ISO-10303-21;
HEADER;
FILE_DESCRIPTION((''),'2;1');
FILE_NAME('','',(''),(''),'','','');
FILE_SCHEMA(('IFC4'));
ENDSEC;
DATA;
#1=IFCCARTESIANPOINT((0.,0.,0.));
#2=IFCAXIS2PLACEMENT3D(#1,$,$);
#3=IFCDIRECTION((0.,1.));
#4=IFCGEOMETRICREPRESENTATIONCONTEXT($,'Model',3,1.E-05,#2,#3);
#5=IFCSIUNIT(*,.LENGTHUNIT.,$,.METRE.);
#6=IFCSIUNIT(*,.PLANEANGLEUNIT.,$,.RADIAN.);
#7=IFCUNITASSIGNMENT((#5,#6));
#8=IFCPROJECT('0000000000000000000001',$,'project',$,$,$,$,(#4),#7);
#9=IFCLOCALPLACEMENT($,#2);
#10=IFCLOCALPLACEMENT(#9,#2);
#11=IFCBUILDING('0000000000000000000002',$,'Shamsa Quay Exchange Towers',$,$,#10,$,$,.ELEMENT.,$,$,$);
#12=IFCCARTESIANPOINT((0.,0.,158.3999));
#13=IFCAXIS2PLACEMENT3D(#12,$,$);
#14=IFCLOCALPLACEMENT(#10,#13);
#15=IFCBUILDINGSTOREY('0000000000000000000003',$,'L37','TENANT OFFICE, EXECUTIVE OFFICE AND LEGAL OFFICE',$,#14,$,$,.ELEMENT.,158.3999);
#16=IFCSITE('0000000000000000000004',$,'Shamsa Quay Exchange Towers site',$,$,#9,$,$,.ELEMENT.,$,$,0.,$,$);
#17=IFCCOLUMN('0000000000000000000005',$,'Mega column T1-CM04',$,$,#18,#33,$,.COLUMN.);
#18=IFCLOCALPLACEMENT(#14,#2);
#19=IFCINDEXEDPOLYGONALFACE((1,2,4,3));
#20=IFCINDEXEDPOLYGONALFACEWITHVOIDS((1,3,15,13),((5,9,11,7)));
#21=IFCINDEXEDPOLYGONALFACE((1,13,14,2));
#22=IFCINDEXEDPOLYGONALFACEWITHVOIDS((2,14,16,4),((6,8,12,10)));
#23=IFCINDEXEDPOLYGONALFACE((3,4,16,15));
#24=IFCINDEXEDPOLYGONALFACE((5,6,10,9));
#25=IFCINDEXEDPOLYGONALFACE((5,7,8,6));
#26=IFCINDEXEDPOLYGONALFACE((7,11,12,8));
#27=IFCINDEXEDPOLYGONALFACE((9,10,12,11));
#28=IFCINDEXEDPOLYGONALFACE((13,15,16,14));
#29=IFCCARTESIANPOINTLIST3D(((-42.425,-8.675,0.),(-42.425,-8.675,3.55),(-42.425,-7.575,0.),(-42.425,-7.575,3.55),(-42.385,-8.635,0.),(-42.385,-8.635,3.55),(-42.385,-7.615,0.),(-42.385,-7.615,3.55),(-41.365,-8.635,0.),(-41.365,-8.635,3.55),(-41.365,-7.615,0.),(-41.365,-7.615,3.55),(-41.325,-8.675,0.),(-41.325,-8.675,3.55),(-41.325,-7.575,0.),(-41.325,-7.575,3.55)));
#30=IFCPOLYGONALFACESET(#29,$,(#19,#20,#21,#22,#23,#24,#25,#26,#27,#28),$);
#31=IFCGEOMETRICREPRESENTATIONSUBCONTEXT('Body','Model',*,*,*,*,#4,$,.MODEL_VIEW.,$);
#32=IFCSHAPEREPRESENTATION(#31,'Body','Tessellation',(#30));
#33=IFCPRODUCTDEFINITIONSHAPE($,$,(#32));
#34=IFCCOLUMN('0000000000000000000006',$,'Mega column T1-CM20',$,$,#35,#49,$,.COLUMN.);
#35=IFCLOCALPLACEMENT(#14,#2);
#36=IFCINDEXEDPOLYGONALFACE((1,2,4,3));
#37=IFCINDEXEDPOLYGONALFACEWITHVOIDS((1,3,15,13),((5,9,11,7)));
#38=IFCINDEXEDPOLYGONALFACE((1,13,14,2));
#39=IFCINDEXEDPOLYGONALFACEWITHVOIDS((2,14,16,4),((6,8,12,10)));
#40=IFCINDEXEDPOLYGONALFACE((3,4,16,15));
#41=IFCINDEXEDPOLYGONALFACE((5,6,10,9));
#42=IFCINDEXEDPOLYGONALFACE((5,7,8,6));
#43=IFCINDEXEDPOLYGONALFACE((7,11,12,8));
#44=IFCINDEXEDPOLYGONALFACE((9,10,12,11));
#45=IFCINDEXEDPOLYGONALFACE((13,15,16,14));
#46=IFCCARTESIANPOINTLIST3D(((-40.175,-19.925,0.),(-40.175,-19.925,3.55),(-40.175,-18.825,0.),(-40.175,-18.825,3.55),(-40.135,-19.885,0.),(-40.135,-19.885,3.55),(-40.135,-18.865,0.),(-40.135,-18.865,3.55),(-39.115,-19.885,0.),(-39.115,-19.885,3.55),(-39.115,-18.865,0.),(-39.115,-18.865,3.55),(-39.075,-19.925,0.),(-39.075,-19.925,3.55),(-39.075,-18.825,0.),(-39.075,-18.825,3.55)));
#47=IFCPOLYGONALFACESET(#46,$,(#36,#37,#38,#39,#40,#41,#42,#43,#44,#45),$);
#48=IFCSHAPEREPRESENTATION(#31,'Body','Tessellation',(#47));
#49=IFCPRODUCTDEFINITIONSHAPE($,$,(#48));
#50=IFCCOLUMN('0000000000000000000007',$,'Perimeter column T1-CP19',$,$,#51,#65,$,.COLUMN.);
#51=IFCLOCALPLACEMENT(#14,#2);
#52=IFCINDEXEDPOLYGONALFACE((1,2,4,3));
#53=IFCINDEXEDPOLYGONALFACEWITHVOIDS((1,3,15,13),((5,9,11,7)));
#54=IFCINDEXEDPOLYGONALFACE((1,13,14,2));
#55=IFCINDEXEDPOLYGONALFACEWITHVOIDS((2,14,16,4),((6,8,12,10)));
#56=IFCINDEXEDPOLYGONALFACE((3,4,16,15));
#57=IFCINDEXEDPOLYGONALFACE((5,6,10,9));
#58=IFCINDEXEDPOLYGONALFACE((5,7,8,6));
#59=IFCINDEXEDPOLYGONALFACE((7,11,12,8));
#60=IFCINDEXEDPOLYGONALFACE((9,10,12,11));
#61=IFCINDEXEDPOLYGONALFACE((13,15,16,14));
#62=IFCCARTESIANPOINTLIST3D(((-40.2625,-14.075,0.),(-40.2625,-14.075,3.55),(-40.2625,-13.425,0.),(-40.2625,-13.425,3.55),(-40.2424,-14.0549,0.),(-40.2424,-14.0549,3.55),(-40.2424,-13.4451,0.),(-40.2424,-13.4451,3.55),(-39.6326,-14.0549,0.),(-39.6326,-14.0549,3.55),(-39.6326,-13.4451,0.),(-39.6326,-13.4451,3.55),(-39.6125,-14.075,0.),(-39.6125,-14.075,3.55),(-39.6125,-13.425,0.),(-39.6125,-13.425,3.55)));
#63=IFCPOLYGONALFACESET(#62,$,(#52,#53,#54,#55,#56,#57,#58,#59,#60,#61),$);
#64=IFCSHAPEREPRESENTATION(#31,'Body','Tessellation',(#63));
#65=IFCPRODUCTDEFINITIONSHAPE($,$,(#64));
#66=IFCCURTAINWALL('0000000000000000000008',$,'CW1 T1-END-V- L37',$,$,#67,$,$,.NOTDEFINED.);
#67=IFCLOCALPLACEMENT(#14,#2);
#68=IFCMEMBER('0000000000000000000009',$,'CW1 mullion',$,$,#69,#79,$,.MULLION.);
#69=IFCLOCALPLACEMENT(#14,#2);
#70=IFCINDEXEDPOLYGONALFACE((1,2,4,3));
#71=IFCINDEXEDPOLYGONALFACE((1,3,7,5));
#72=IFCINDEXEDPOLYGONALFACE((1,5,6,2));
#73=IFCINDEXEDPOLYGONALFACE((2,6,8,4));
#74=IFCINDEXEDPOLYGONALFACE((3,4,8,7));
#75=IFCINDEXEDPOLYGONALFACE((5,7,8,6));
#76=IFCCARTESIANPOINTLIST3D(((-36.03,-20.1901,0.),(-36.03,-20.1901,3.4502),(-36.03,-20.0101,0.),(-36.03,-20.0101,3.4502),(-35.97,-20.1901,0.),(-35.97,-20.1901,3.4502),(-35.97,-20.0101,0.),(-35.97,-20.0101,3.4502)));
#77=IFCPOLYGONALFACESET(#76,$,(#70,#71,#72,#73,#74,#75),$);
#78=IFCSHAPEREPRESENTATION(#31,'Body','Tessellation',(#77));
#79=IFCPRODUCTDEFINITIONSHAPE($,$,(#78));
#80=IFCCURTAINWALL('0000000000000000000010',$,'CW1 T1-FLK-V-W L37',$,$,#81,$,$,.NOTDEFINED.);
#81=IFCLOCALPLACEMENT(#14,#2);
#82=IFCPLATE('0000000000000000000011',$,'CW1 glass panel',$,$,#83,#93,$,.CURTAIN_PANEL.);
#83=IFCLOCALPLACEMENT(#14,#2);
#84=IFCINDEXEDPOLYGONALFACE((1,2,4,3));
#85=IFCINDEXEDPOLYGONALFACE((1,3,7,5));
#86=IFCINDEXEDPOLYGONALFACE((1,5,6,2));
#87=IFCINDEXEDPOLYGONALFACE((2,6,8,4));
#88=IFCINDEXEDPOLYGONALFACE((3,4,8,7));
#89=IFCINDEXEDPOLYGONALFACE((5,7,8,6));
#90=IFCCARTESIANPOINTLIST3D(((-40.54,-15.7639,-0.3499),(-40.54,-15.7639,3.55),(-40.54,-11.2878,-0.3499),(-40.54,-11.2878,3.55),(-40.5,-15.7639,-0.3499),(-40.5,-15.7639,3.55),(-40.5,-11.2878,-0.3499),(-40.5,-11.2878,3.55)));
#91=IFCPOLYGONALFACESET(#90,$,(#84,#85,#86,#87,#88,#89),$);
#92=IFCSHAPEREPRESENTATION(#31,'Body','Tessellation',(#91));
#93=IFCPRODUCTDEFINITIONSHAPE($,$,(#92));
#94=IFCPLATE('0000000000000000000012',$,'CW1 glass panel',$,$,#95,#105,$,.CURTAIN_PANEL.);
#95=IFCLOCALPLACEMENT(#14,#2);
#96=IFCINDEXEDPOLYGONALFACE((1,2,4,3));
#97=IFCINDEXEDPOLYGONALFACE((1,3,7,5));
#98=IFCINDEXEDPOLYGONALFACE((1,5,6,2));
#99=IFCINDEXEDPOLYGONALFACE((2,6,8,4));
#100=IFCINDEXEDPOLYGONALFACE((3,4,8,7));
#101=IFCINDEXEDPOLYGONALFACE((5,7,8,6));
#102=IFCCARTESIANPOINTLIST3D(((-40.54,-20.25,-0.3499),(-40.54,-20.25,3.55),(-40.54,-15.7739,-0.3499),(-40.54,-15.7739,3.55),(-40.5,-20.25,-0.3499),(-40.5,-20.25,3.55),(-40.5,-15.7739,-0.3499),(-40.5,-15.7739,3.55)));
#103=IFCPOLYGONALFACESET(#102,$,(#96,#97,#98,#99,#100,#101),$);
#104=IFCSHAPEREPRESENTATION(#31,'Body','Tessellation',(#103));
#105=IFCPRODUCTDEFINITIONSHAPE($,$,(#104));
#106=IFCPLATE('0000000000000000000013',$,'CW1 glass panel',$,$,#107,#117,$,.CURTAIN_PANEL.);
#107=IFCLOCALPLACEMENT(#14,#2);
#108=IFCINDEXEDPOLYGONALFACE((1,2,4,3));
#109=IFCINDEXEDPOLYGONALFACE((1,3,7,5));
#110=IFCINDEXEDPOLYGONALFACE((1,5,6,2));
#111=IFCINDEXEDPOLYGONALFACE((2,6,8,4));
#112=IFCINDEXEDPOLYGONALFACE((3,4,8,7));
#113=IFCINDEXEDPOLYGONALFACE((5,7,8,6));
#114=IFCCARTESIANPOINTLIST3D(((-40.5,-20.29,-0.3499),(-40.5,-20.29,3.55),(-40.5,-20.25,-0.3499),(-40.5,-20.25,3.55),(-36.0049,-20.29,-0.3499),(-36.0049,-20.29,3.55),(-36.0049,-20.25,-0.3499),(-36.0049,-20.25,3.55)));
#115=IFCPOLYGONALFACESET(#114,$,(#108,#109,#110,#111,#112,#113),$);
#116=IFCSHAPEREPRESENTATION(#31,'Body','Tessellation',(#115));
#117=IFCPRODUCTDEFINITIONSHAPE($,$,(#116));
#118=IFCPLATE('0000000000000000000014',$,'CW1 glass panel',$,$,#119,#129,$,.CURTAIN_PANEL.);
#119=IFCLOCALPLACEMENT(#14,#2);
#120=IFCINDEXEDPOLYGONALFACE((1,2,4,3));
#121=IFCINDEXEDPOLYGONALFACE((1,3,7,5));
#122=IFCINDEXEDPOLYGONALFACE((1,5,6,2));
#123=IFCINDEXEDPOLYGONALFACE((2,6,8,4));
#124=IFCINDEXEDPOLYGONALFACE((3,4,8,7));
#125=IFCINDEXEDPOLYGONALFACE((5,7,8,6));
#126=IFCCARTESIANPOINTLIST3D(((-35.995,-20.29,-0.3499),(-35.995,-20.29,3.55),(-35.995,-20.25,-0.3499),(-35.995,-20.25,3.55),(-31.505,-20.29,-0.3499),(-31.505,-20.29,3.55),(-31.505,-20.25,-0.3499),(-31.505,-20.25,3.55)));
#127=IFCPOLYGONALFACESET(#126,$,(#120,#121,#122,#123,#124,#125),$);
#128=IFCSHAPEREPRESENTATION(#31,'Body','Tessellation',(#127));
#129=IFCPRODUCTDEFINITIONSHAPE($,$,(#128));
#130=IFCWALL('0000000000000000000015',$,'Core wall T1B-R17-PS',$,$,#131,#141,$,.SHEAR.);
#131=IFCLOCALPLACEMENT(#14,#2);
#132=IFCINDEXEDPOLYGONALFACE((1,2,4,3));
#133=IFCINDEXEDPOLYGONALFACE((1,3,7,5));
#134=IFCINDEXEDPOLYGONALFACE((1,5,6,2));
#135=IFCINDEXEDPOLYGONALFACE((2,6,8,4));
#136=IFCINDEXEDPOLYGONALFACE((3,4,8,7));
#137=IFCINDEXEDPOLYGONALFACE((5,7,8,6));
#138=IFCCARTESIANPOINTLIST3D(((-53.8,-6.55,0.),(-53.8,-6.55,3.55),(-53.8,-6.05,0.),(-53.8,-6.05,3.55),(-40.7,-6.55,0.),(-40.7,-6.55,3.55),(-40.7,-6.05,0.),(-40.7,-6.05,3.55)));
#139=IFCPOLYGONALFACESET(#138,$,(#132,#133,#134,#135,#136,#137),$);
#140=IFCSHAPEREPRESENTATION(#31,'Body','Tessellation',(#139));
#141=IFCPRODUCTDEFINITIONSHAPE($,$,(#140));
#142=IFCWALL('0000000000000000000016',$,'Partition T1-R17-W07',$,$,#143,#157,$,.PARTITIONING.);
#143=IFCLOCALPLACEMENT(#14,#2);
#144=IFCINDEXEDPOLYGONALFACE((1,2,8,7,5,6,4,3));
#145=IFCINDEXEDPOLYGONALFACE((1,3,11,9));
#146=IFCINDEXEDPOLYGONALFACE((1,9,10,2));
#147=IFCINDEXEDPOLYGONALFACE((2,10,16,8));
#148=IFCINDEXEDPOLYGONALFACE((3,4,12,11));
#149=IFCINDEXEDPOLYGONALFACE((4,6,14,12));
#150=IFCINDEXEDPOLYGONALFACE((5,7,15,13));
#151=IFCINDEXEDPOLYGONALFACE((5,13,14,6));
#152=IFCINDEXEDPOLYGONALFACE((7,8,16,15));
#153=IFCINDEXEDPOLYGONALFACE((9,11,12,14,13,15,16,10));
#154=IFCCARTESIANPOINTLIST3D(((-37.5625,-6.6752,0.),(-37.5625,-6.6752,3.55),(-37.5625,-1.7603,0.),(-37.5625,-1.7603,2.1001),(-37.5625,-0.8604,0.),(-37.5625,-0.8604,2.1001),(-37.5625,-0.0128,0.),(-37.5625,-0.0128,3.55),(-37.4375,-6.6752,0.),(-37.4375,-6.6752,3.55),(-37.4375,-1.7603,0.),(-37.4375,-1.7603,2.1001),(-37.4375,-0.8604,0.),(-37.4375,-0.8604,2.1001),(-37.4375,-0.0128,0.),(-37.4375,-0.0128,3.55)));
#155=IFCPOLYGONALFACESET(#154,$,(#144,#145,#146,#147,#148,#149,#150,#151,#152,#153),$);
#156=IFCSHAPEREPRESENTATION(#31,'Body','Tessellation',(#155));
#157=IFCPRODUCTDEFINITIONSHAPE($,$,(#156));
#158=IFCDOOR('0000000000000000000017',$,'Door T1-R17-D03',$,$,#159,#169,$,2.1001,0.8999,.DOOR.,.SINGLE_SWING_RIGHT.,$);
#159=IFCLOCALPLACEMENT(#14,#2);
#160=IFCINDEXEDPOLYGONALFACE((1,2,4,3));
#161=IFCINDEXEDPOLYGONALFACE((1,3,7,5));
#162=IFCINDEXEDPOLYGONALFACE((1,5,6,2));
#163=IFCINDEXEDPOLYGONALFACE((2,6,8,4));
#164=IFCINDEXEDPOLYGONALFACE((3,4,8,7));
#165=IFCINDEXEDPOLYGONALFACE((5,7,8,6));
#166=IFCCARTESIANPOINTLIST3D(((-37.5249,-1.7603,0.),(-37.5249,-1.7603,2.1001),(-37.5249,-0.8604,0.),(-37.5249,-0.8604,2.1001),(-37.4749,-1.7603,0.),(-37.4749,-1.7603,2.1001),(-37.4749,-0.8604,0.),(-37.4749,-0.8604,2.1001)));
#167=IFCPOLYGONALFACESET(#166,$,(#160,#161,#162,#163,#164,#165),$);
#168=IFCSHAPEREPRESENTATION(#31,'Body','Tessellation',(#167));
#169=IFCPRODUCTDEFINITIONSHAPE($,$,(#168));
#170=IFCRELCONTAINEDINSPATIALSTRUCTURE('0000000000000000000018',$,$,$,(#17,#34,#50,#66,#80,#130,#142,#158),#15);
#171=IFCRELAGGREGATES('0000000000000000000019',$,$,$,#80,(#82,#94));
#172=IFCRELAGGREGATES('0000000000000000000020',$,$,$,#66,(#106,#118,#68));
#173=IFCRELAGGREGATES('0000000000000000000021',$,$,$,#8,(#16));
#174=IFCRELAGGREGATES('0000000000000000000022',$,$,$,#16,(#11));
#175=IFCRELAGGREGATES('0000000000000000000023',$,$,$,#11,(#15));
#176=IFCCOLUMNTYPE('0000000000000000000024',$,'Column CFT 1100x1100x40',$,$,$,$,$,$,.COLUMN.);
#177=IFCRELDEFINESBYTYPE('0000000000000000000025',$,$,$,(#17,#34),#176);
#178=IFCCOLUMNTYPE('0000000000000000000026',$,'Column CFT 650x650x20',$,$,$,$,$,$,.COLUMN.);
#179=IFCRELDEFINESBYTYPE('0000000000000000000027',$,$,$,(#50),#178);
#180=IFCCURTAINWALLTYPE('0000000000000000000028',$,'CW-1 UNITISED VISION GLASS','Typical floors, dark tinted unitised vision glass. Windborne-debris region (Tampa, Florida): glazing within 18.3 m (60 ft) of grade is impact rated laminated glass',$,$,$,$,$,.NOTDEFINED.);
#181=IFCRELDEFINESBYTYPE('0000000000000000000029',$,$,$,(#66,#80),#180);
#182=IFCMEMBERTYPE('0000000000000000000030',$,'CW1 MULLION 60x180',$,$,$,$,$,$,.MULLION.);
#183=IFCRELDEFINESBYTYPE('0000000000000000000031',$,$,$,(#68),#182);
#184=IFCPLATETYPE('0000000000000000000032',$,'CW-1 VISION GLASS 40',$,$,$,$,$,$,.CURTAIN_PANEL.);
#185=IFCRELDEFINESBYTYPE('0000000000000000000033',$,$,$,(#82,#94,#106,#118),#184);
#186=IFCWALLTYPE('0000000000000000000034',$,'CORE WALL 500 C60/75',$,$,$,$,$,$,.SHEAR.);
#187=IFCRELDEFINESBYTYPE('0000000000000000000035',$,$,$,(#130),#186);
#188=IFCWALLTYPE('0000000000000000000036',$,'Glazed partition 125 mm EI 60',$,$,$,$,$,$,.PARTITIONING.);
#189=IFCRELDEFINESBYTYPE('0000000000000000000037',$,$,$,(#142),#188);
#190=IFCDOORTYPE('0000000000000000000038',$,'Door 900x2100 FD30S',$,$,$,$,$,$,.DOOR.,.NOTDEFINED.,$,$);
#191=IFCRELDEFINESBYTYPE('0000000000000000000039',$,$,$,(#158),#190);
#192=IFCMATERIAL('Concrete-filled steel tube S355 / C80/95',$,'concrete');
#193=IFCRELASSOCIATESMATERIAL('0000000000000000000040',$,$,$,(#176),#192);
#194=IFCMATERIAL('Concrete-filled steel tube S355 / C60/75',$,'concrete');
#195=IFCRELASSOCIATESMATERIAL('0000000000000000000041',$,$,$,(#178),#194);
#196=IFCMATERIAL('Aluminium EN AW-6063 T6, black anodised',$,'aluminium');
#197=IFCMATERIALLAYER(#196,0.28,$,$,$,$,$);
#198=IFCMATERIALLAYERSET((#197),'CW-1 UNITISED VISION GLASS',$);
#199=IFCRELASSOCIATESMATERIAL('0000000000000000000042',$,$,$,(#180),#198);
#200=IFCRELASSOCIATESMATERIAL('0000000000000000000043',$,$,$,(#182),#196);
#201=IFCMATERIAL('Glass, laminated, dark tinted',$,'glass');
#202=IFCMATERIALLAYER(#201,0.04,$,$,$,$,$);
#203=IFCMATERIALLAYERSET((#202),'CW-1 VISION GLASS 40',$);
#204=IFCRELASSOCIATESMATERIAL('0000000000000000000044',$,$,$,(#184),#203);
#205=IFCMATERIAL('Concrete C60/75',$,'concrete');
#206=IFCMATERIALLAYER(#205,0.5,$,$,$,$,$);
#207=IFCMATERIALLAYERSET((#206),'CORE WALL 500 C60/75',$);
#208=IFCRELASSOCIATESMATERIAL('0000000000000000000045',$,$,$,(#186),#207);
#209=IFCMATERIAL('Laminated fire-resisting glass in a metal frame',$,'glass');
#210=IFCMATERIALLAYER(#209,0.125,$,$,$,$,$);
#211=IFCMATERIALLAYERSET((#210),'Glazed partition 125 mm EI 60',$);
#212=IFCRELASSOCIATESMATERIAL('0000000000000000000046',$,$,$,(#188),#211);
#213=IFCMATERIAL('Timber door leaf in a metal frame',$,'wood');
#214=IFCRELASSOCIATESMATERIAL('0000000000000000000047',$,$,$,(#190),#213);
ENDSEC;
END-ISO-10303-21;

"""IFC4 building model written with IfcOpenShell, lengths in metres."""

from ifc_helpers import new_model, si_unit, direction, frame, frame_2d, origin, origin_2d, place, context, subcontext, project, spatial, rectangle, hollow_rectangle, extrude, material, layer, layer_set, material_profile, profile_set, type_object, element, fill, aggregate, save


model = new_model("IFC4")

# Units and contexts
model_context = context("Model", 3, precision=1e-05, world=origin(), true_north=direction((0.0, 1.0)))
body_context = subcontext(model_context, "Body", "Model", "MODEL_VIEW")
ifc_project = project(units=[si_unit("LENGTHUNIT", "METRE"), si_unit("PLANEANGLEUNIT", "RADIAN")], contexts=[model_context])

# Site, building, storey
site_placement = place(None, origin())
site = spatial("IfcSite", under=ifc_project, at=site_placement, Name="Shamsa Quay Exchange Towers site", CompositionType="ELEMENT", RefElevation=0.0)
building_placement = place(site_placement, origin())
building = spatial("IfcBuilding", under=site, at=building_placement, Name="Shamsa Quay Exchange Towers", CompositionType="ELEMENT")
storey_placement = place(building_placement, frame((0.0, 0.0, 158.3999)))
storey = spatial("IfcBuildingStorey", under=building, at=storey_placement, Name="L37", Description="TENANT OFFICE, EXECUTIVE OFFICE AND LEGAL OFFICE", CompositionType="ELEMENT", Elevation=158.3999)

# Columns
ifc_material_1 = material(Name="Concrete-filled steel tube S355 / C80/95", Category="concrete")
ifc_material_profile_1 = material_profile(ifc_material_1, hollow_rectangle(XDim=1.1001, YDim=1.1001, WallThickness=0.04, at=origin_2d()), Name="CFT 1100x1100x40")
ifc_profile_set_1 = profile_set([ifc_material_profile_1], Name="Concrete-filled steel tube S355 / C80/95")
column_type_1 = type_object("IfcColumnType", Name="Column CFT 1100x1100x40", PredefinedType="COLUMN", material=ifc_profile_set_1)
for number, where, name in (
    (1, (-41.875, -8.125, 0.0), "Mega column T1-CM04"),
    (2, (-39.625, -19.375, 0.0), "Mega column T1-CM20"),
):
    element("IfcColumn", number, at=place(storey_placement, frame(where)), inside=storey, type_object=column_type_1, Name=name, PredefinedType="COLUMN", context=body_context, shape_type="SweptSolid", body=[
        extrude(hollow_rectangle(XDim=1.1001, YDim=1.1001, WallThickness=0.04, at=origin_2d()), origin(), (0.0, 0.0, 1.0), 3.55),
    ])
ifc_material_2 = material(Name="Concrete-filled steel tube S355 / C60/75", Category="concrete")
ifc_material_profile_2 = material_profile(ifc_material_2, hollow_rectangle(XDim=0.6499, YDim=0.6499, WallThickness=0.02, at=origin_2d()), Name="CFT 650x650x20")
ifc_profile_set_2 = profile_set([ifc_material_profile_2], Name="Concrete-filled steel tube S355 / C60/75")
column_type_2 = type_object("IfcColumnType", Name="Column CFT 650x650x20", PredefinedType="COLUMN", material=ifc_profile_set_2)
column_placement = place(storey_placement, frame((-39.9375, -13.75, 0.0)))
element("IfcColumn", 3, at=column_placement, inside=storey, type_object=column_type_2, Name="Perimeter column T1-CP19", PredefinedType="COLUMN", context=body_context, shape_type="SweptSolid", body=[
    extrude(hollow_rectangle(XDim=0.6499, YDim=0.6499, WallThickness=0.02, at=origin_2d()), origin(), (0.0, 0.0, 1.0), 3.55),
])

# Curtain wall, member
ifc_material_3 = material(Name="Aluminium EN AW-6063 T6, black anodised", Category="aluminium")
ifc_layer_1 = layer(ifc_material_3, 0.28)
ifc_layer_set_1 = layer_set([ifc_layer_1], Name="CW-1 UNITISED VISION GLASS")
curtain_wall_type = type_object("IfcCurtainWallType", Name="CW-1 UNITISED VISION GLASS", Description="Typical floors, dark tinted unitised vision glass. Windborne-debris region (Tampa, Florida): glazing within 18.3 m (60 ft) of grade is impact rated laminated glass", PredefinedType="NOTDEFINED", material=ifc_layer_set_1)
curtain_wall_1_placement = place(storey_placement, origin())
curtain_wall_1 = element("IfcCurtainWall", 4, at=curtain_wall_1_placement, inside=storey, type_object=curtain_wall_type, Name="CW1 T1-END-V- L37", PredefinedType="NOTDEFINED")
ifc_material_profile_3 = material_profile(ifc_material_3, rectangle(XDim=0.1799, YDim=0.0601, at=origin_2d()), Name="MU60x180")
ifc_profile_set_3 = profile_set([ifc_material_profile_3], Name="Aluminium EN AW-6063 T6, black anodised")
member_type = type_object("IfcMemberType", Name="CW1 MULLION 60x180", PredefinedType="MULLION", material=ifc_profile_set_3)
member_placement = place(storey_placement, frame((-36.0, -20.1001, 0.0), z_axis=(0.0, 0.0, 1.0), x_axis=(0.0, 1.0, 0.0)))
member = element("IfcMember", 5, at=member_placement, type_object=member_type, Name="CW1 mullion", PredefinedType="MULLION", context=body_context, shape_type="SweptSolid", body=[
    extrude(rectangle(XDim=0.1799, YDim=0.0601, at=origin_2d()), origin(), (0.0, 0.0, 1.0), 3.4502),
])

# Curtain wall, plates
curtain_wall_2_placement = place(storey_placement, origin())
curtain_wall_2 = element("IfcCurtainWall", 6, at=curtain_wall_2_placement, inside=storey, type_object=curtain_wall_type, Name="CW1 T1-FLK-V-W L37", PredefinedType="NOTDEFINED")
ifc_material_4 = material(Name="Glass, laminated, dark tinted", Category="glass")
ifc_layer_2 = layer(ifc_material_4, 0.04)
ifc_layer_set_2 = layer_set([ifc_layer_2], Name="CW-1 VISION GLASS 40")
plate_type = type_object("IfcPlateType", Name="CW-1 VISION GLASS 40", PredefinedType="CURTAIN_PANEL", material=ifc_layer_set_2)
plate_1_placement = place(storey_placement, frame((-40.52, -13.5259, -0.3499), z_axis=(0.0, 0.0, 1.0), x_axis=(0.0, -1.0, 0.0)))
plate_1 = element("IfcPlate", 7, at=plate_1_placement, type_object=plate_type, Name="CW1 glass panel", PredefinedType="CURTAIN_PANEL", context=body_context, shape_type="SweptSolid", body=[
    extrude(rectangle(XDim=4.4761, YDim=0.04, at=origin_2d()), origin(), (0.0, 0.0, 1.0), 3.8999),
])
plate_2_placement = place(storey_placement, frame((-40.52, -18.012, -0.3499), z_axis=(0.0, 0.0, 1.0), x_axis=(0.0, -1.0, 0.0)))
plate_2 = element("IfcPlate", 8, at=plate_2_placement, type_object=plate_type, Name="CW1 glass panel", PredefinedType="CURTAIN_PANEL", context=body_context, shape_type="SweptSolid", body=[
    extrude(rectangle(XDim=4.4761, YDim=0.04, at=origin_2d()), origin(), (0.0, 0.0, 1.0), 3.8999),
])
aggregate(curtain_wall_2, [plate_1, plate_2])

# Plates
plate_3_placement = place(storey_placement, frame((-38.2524, -20.27, -0.3499)))
plate_3 = element("IfcPlate", 9, at=plate_3_placement, type_object=plate_type, Name="CW1 glass panel", PredefinedType="CURTAIN_PANEL", context=body_context, shape_type="SweptSolid", body=[
    extrude(rectangle(XDim=4.4951, YDim=0.04, at=origin_2d()), origin(), (0.0, 0.0, 1.0), 3.8999),
])
plate_4_placement = place(storey_placement, frame((-33.75, -20.27, -0.3499)))
plate_4 = element("IfcPlate", 10, at=plate_4_placement, type_object=plate_type, Name="CW1 glass panel", PredefinedType="CURTAIN_PANEL", context=body_context, shape_type="SweptSolid", body=[
    extrude(rectangle(XDim=4.49, YDim=0.04, at=origin_2d()), origin(), (0.0, 0.0, 1.0), 3.8999),
])
aggregate(curtain_wall_1, [plate_3, plate_4, member])

# Wall
ifc_material_5 = material(Name="Concrete C60/75", Category="concrete")
ifc_layer_3 = layer(ifc_material_5, 0.5)
ifc_layer_set_3 = layer_set([ifc_layer_3], Name="CORE WALL 500 C60/75")
wall_type_1 = type_object("IfcWallType", Name="CORE WALL 500 C60/75", PredefinedType="SHEAR", material=ifc_layer_set_3)
wall_1_placement = place(storey_placement, frame((-40.7, -6.3, 0.0), z_axis=(0.0, 0.0, 1.0), x_axis=(-1.0, 0.0, 0.0)))
element("IfcWall", 11, at=wall_1_placement, inside=storey, type_object=wall_type_1, Name="Core wall T1B-R17-PS", PredefinedType="SHEAR", context=body_context, shape_type="SweptSolid", body=[
    extrude(rectangle(XDim=13.1001, YDim=0.5, at=frame_2d((6.55, 0.0))), origin(), (0.0, 0.0, 1.0), 3.55),
])

# Wall, opening, door
ifc_material_6 = material(Name="Laminated fire-resisting glass in a metal frame", Category="glass")
ifc_layer_4 = layer(ifc_material_6, 0.125)
ifc_layer_set_4 = layer_set([ifc_layer_4], Name="Glazed partition 125 mm EI 60")
wall_type_2 = type_object("IfcWallType", Name="Glazed partition 125 mm EI 60", PredefinedType="PARTITIONING", material=ifc_layer_set_4)
wall_2_placement = place(storey_placement, frame((-37.5, -6.675, 0.0), z_axis=(0.0, 0.0, 1.0), x_axis=(0.0, 1.0, 0.0)))
wall_2 = element("IfcWall", 12, at=wall_2_placement, inside=storey, type_object=wall_type_2, Name="Partition T1-R17-W07", PredefinedType="PARTITIONING", context=body_context, shape_type="SweptSolid", body=[
    extrude(rectangle(XDim=6.6624, YDim=0.125, at=frame_2d((3.3311, 0.0))), origin(), (0.0, 0.0, 1.0), 3.55),
])
opening_1_placement = place(wall_2_placement, frame((4.9148, 0.0, 0.0)))
opening_1 = element("IfcOpeningElement", 13, at=opening_1_placement, cuts=wall_2, PredefinedType="OPENING", context=body_context, shape_type="SweptSolid", body=[
    extrude(rectangle(XDim=0.8999, YDim=2.1001, at=frame_2d((0.45, 1.05))), frame((0.0, 0.0725, 0.0), z_axis=(0.0, -1.0, 0.0), x_axis=(1.0, 0.0, 0.0)), (0.0, 0.0, 1.0), 0.145),
])
ifc_material_7 = material(Name="Timber door leaf in a metal frame", Category="wood")
door_type_1 = type_object("IfcDoorType", Name="Door 900x2100 FD30S", OperationType="NOTDEFINED", PredefinedType="DOOR", material=ifc_material_7)
door_1_placement = place(opening_1_placement, origin())
door_1 = element("IfcDoor", 14, at=door_1_placement, inside=storey, type_object=door_type_1, Name="Door T1-R17-D03", OperationType="SINGLE_SWING_RIGHT", OverallHeight=2.1001, OverallWidth=0.8999, PredefinedType="DOOR", context=body_context, shape_type="SweptSolid", body=[
    extrude(rectangle(XDim=0.8999, YDim=2.1001, at=frame_2d((0.45, 1.05))), frame((0.0, 0.0249, 0.0), z_axis=(0.0, -1.0, 0.0), x_axis=(1.0, 0.0, 0.0)), (0.0, 0.0, 1.0), 0.05),
])
fill(opening_1, door_1)

save(model, "model.ifc")
